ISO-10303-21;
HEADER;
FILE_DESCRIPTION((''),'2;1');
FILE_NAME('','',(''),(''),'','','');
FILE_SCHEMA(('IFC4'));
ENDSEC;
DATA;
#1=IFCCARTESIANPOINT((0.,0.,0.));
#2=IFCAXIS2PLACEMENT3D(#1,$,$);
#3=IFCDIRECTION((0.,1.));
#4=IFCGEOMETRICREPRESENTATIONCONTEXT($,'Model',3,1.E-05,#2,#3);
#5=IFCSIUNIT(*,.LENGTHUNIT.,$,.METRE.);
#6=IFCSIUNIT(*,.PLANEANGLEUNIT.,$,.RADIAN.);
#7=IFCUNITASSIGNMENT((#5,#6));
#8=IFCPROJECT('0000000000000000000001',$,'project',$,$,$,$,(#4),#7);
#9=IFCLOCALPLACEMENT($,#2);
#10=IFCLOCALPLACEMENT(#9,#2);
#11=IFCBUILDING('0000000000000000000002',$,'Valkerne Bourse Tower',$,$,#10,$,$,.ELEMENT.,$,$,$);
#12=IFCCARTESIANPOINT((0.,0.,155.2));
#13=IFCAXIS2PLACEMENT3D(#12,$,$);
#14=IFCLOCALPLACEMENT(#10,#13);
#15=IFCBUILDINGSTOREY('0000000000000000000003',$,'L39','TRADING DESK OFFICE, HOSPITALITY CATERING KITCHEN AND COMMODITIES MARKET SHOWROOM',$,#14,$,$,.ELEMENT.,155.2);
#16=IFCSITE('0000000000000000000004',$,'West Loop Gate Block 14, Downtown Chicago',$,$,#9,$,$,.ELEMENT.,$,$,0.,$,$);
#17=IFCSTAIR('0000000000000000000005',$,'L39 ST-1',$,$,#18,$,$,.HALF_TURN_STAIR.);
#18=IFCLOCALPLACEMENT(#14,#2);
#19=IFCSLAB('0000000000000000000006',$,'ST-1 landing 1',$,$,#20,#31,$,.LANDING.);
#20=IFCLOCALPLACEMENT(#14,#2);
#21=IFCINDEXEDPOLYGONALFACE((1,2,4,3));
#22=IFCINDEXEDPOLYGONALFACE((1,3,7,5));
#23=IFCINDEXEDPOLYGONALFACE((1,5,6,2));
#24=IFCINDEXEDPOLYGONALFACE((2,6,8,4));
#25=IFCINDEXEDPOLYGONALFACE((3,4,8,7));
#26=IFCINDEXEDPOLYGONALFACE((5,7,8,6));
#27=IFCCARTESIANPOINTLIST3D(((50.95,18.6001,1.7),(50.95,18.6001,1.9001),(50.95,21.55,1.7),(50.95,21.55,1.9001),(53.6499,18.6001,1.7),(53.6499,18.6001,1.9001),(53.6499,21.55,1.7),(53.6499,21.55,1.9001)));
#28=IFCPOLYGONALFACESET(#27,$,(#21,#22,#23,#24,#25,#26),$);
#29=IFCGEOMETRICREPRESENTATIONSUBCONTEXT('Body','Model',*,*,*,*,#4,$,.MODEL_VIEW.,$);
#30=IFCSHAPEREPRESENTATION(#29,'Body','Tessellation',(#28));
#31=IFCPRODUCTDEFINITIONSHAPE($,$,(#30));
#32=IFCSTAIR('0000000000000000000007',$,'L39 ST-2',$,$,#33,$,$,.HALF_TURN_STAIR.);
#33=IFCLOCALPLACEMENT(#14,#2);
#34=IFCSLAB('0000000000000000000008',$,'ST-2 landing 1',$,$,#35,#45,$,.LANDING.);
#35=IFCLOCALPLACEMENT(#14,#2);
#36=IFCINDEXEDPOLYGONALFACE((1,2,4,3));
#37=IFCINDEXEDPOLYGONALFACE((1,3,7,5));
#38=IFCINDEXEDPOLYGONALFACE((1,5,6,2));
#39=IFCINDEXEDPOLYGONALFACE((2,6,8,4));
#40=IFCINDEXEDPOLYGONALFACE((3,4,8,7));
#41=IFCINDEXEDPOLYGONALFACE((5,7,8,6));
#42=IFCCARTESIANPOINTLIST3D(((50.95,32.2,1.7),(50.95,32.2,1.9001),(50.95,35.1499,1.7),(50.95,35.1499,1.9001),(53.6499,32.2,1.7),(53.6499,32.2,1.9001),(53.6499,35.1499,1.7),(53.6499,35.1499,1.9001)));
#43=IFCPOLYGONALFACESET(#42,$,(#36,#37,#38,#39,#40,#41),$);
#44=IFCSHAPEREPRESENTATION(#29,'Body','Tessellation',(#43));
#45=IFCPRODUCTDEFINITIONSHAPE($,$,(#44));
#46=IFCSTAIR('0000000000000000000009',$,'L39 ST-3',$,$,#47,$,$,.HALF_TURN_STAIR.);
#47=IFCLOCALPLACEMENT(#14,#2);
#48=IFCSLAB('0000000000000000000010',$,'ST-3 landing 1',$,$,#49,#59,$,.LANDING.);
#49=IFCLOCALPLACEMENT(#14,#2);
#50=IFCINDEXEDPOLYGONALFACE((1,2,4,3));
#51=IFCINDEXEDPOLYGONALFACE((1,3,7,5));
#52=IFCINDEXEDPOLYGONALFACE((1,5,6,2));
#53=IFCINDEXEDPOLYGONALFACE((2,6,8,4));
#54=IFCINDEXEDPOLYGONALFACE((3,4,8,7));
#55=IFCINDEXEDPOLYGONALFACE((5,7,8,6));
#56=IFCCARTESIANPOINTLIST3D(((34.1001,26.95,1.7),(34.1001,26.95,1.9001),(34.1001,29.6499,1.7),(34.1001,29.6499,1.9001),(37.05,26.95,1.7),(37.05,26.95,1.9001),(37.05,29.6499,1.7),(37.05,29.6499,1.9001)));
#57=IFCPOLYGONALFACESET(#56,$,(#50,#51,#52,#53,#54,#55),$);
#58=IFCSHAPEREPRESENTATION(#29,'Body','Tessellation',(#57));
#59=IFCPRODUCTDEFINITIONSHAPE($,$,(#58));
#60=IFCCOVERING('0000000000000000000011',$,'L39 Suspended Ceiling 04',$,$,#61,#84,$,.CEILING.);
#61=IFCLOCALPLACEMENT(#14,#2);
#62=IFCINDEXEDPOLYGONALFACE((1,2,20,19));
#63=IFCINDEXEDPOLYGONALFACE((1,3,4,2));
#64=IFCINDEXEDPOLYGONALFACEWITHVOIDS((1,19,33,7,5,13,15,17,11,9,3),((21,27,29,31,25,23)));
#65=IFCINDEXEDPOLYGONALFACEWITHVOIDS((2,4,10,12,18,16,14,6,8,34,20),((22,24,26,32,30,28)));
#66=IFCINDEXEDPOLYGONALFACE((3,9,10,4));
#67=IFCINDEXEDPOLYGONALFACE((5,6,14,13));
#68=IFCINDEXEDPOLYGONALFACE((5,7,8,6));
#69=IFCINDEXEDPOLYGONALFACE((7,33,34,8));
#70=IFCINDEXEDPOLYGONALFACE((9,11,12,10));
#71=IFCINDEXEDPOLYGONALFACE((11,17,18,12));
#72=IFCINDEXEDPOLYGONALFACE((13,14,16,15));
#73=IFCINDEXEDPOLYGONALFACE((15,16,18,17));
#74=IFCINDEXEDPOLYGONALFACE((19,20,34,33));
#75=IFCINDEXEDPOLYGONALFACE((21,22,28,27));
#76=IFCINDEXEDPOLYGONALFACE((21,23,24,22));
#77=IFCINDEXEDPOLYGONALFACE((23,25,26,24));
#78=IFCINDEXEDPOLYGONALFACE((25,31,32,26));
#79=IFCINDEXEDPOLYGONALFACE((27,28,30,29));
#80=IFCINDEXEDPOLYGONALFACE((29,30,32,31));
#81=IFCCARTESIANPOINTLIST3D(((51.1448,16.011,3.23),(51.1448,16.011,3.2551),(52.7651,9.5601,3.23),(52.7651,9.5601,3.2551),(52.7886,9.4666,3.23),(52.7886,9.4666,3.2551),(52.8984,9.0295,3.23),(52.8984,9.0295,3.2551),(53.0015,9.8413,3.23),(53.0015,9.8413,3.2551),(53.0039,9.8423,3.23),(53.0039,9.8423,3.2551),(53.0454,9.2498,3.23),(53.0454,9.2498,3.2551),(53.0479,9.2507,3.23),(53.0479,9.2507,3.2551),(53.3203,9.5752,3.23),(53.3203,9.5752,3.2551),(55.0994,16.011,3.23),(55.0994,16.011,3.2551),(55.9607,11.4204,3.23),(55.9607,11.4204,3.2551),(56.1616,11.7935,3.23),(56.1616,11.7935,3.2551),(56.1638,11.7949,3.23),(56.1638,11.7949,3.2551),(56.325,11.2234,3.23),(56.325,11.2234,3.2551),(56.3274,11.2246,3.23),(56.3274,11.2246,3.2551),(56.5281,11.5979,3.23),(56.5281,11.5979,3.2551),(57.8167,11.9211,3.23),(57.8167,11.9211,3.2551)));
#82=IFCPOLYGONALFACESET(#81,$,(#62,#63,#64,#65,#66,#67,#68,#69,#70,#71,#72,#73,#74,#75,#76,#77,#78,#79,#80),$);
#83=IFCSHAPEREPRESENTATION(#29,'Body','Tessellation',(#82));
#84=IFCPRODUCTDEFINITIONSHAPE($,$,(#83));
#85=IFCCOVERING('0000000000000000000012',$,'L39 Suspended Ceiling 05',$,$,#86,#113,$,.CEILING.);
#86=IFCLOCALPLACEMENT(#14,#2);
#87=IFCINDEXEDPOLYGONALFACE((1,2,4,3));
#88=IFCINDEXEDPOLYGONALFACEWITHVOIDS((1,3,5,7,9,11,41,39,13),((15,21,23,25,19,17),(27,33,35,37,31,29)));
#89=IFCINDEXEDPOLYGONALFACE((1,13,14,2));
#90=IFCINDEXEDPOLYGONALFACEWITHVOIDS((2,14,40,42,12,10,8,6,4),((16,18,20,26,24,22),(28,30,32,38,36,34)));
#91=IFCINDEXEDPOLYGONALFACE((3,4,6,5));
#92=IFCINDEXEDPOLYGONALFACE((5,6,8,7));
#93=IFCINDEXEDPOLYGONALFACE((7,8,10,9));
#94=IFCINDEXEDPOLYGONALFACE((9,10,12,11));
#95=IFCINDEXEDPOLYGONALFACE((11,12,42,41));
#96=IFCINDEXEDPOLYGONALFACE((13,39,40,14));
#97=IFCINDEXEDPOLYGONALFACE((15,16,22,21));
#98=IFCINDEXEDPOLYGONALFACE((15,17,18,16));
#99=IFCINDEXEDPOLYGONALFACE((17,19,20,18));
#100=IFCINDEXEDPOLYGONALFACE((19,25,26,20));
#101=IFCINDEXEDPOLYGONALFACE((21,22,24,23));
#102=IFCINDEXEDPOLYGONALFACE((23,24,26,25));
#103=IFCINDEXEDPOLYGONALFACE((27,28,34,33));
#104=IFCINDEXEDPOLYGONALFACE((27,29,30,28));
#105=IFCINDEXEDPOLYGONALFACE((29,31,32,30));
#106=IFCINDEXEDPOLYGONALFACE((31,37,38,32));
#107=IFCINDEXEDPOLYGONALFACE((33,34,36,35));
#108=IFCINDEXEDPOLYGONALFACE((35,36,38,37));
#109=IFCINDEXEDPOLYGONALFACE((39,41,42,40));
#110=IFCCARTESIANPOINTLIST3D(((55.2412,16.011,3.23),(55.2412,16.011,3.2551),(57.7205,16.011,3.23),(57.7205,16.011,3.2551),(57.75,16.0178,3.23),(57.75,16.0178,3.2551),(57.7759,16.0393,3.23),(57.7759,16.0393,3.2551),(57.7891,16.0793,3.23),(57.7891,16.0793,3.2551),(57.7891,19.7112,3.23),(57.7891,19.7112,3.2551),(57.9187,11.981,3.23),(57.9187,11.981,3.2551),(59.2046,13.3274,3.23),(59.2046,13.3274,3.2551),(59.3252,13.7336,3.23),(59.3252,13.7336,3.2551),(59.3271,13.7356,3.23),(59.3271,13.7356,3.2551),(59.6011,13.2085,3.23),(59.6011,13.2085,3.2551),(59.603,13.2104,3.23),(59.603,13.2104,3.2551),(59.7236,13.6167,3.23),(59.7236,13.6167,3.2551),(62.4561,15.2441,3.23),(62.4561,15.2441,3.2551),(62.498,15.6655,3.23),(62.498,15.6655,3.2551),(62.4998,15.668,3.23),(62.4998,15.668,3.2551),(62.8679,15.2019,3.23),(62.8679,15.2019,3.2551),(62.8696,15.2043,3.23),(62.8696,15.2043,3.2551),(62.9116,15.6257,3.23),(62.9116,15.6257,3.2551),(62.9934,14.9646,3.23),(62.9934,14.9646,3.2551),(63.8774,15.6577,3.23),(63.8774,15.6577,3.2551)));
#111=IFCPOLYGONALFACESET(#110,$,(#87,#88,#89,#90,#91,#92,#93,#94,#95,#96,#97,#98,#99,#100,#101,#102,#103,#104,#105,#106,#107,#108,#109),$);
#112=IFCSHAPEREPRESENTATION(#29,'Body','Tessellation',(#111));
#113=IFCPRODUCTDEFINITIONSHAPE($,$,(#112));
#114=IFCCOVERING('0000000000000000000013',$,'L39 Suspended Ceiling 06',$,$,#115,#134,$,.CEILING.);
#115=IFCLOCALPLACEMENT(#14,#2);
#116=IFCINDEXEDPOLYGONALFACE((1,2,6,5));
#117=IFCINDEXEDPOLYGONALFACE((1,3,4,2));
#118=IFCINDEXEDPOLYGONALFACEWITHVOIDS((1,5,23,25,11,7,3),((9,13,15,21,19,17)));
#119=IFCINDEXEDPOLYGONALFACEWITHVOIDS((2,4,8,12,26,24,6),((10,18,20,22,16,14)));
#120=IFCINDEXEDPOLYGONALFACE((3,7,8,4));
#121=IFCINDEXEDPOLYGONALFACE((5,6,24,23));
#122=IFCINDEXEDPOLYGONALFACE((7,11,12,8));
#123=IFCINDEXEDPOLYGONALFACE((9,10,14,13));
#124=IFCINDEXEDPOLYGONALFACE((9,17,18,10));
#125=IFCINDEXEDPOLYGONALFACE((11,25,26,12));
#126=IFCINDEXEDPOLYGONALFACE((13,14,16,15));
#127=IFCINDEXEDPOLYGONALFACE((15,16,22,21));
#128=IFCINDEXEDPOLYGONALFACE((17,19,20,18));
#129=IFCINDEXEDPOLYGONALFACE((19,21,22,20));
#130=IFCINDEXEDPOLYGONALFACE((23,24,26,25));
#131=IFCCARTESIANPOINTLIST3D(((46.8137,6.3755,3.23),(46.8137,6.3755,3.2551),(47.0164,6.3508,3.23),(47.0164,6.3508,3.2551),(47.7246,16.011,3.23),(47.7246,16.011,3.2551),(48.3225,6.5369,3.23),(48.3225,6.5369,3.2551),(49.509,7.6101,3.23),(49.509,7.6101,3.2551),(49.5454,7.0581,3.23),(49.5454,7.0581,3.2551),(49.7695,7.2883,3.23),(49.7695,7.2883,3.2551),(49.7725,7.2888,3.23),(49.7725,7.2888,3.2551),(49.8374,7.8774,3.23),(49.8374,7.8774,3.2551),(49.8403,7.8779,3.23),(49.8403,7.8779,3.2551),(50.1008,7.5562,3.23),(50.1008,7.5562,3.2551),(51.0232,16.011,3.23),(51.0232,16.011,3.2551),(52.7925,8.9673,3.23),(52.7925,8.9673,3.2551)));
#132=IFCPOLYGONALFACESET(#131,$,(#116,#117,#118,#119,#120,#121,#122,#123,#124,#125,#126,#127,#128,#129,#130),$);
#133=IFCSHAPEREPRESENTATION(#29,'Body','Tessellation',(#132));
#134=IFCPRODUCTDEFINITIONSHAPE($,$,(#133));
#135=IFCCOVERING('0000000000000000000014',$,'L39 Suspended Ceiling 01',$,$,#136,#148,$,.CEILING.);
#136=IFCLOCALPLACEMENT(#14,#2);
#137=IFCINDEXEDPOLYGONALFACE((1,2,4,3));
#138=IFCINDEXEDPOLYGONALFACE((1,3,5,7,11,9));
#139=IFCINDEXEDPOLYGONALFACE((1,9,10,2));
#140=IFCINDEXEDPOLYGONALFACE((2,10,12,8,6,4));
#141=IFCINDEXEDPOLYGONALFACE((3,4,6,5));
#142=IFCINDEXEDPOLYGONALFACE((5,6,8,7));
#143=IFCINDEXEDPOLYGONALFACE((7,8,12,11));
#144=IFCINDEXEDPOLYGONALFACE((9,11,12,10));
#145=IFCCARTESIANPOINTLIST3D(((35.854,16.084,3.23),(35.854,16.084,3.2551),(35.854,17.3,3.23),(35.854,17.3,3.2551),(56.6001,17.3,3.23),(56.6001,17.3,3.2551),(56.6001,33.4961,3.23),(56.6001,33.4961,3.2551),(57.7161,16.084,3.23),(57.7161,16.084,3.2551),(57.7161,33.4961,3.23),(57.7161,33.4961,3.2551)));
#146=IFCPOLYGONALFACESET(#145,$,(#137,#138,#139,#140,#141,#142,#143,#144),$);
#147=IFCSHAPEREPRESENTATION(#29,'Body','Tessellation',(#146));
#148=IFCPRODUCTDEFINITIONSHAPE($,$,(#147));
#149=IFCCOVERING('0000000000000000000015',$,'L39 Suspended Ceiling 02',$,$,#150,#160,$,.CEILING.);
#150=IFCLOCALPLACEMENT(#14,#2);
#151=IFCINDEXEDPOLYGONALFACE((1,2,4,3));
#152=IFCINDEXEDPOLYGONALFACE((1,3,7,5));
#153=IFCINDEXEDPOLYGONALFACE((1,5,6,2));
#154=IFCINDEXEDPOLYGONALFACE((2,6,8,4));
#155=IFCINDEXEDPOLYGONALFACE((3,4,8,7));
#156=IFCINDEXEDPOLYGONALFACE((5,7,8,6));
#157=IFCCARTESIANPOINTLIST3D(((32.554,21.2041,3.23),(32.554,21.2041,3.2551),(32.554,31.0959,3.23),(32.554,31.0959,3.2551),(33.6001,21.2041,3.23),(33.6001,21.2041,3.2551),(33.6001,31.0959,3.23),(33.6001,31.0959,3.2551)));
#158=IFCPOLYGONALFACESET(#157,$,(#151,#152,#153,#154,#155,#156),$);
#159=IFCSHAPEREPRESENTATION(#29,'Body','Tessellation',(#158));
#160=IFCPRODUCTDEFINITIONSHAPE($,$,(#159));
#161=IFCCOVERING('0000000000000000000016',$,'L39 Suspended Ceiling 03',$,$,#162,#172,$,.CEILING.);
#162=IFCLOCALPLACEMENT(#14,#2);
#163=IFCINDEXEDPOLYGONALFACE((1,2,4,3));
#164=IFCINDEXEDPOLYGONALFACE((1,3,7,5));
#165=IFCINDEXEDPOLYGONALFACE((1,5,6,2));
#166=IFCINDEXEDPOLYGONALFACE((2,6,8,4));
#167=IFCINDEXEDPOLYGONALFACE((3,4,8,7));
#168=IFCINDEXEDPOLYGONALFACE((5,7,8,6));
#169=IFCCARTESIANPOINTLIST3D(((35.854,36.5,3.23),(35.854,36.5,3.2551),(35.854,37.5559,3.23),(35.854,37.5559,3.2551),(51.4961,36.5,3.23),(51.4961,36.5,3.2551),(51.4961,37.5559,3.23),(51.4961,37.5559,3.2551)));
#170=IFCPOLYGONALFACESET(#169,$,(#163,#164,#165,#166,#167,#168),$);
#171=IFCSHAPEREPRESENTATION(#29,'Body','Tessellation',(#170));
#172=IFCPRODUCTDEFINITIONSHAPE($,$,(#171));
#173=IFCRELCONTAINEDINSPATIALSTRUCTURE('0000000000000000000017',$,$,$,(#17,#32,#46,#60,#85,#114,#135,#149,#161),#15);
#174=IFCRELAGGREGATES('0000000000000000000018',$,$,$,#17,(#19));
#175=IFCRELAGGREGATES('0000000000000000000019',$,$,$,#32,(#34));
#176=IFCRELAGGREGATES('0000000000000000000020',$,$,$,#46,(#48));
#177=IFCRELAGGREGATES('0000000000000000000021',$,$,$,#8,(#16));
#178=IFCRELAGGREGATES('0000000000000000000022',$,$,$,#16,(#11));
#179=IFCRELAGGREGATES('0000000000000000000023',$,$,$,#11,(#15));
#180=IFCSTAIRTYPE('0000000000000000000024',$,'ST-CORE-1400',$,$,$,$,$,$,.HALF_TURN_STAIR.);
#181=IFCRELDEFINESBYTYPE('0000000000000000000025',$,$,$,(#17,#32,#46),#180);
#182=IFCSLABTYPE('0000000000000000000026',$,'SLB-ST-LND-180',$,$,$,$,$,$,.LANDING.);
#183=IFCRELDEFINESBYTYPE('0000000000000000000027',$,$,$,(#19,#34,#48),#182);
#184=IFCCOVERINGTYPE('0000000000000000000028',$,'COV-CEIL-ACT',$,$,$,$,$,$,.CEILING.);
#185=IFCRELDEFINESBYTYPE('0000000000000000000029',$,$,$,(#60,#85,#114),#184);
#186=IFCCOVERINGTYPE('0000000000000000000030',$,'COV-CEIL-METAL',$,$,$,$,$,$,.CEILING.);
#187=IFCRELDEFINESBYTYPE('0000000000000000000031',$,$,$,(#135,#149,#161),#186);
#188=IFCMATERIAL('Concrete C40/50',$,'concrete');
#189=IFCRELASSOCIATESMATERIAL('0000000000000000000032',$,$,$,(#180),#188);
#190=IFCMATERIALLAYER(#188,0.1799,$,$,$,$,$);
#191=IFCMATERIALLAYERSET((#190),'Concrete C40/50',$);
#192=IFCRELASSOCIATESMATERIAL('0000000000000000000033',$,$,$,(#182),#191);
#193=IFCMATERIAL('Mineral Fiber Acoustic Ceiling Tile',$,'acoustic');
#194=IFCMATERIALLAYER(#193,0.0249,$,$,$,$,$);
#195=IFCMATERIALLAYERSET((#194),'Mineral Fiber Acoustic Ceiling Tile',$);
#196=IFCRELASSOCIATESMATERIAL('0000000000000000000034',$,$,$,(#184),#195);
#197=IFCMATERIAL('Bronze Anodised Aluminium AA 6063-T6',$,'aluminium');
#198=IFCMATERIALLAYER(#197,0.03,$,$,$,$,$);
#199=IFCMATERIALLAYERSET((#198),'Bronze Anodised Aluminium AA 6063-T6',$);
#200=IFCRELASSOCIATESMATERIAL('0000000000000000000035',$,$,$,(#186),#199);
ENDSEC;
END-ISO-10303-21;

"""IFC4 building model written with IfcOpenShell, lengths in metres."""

from ifc_helpers import new_model, si_unit, direction, frame, origin, place, context, subcontext, project, spatial, polyline, outline, extrude, material, layer, layer_set, type_object, element, aggregate, save


model = new_model("IFC4")

# Units and contexts
model_context = context("Model", 3, precision=1e-05, world=origin(), true_north=direction((0.0, 1.0)))
body_context = subcontext(model_context, "Body", "Model", "MODEL_VIEW")
ifc_project = project(units=[si_unit("LENGTHUNIT", "METRE"), si_unit("PLANEANGLEUNIT", "RADIAN")], contexts=[model_context])

# Site, building, storey
site_placement = place(None, origin())
site = spatial("IfcSite", under=ifc_project, at=site_placement, Name="West Loop Gate Block 14, Downtown Chicago", CompositionType="ELEMENT", RefElevation=0.0)
building_placement = place(site_placement, origin())
building = spatial("IfcBuilding", under=site, at=building_placement, Name="Valkerne Bourse Tower", CompositionType="ELEMENT")
storey_placement = place(building_placement, frame((0.0, 0.0, 155.2)))
storey = spatial("IfcBuildingStorey", under=building, at=storey_placement, Name="L39", Description="TRADING DESK OFFICE, HOSPITALITY CATERING KITCHEN AND COMMODITIES MARKET SHOWROOM", CompositionType="ELEMENT", Elevation=155.2)

# Stairs, slabs
ifc_material_1 = material(Name="Concrete C40/50", Category="concrete")
stair_type = type_object("IfcStairType", Name="ST-CORE-1400", PredefinedType="HALF_TURN_STAIR", material=ifc_material_1)
stair_1_placement = place(storey_placement, origin())
stair_1 = element("IfcStair", 1, at=stair_1_placement, inside=storey, type_object=stair_type, Name="L39 ST-1", PredefinedType="HALF_TURN_STAIR")
ifc_layer_1 = layer(ifc_material_1, 0.1799)
ifc_layer_set_1 = layer_set([ifc_layer_1], Name="Concrete C40/50")
slab_type = type_object("IfcSlabType", Name="SLB-ST-LND-180", PredefinedType="LANDING", material=ifc_layer_set_1)
slab_1_placement = place(storey_placement, frame((0.0, 0.0, 1.7)))
slab_1 = element("IfcSlab", 2, at=slab_1_placement, type_object=slab_type, Name="ST-1 landing 1", PredefinedType="LANDING", context=body_context, shape_type="SweptSolid", body=[
    extrude(outline(polyline([(50.95, 18.6001), (53.6499, 18.6001), (53.6499, 21.55), (50.95, 21.55), (50.95, 18.6001)])), origin(), (0.0, 0.0, 1.0), 0.2002),
])
aggregate(stair_1, [slab_1])
stair_2_placement = place(storey_placement, origin())
stair_2 = element("IfcStair", 3, at=stair_2_placement, inside=storey, type_object=stair_type, Name="L39 ST-2", PredefinedType="HALF_TURN_STAIR")
slab_2_placement = place(storey_placement, frame((0.0, 0.0, 1.7)))
slab_2 = element("IfcSlab", 4, at=slab_2_placement, type_object=slab_type, Name="ST-2 landing 1", PredefinedType="LANDING", context=body_context, shape_type="SweptSolid", body=[
    extrude(outline(polyline([(50.95, 32.2), (53.6499, 32.2), (53.6499, 35.1499), (50.95, 35.1499), (50.95, 32.2)])), origin(), (0.0, 0.0, 1.0), 0.2002),
])
aggregate(stair_2, [slab_2])
stair_3_placement = place(storey_placement, origin())
stair_3 = element("IfcStair", 5, at=stair_3_placement, inside=storey, type_object=stair_type, Name="L39 ST-3", PredefinedType="HALF_TURN_STAIR")
slab_3_placement = place(storey_placement, frame((0.0, 0.0, 1.7)))
slab_3 = element("IfcSlab", 6, at=slab_3_placement, type_object=slab_type, Name="ST-3 landing 1", PredefinedType="LANDING", context=body_context, shape_type="SweptSolid", body=[
    extrude(outline(polyline([(37.05, 26.95), (37.05, 29.6499), (34.1001, 29.6499), (34.1001, 26.95), (37.05, 26.95)])), origin(), (0.0, 0.0, 1.0), 0.2002),
])
aggregate(stair_3, [slab_3])

# Coverings
ifc_material_2 = material(Name="Mineral Fiber Acoustic Ceiling Tile", Category="acoustic")
ifc_layer_2 = layer(ifc_material_2, 0.0249)
ifc_layer_set_2 = layer_set([ifc_layer_2], Name="Mineral Fiber Acoustic Ceiling Tile")
covering_type_1 = type_object("IfcCoveringType", Name="COV-CEIL-ACT", PredefinedType="CEILING", material=ifc_layer_set_2)
covering_1_placement = place(storey_placement, frame((0.0, 0.0, 3.23)))
element("IfcCovering", 7, at=covering_1_placement, inside=storey, type_object=covering_type_1, Name="L39 Suspended Ceiling 04", PredefinedType="CEILING", context=body_context, shape_type="SweptSolid", body=[
    extrude(outline(polyline([(55.0994, 16.011), (57.8167, 11.9211), (52.8984, 9.0295), (52.7886, 9.4666), (53.0454, 9.2498), (53.0479, 9.2507), (53.3203, 9.5752), (53.0039, 9.8423), (53.0015, 9.8413), (52.7651, 9.5601), (51.1448, 16.011), (55.0994, 16.011)]), holes=[polyline([(56.3274, 11.2246), (56.5281, 11.5979), (56.1638, 11.7949), (56.1616, 11.7935), (55.9607, 11.4204), (56.325, 11.2234), (56.3274, 11.2246)])]), origin(), (0.0, 0.0, 1.0), 0.0251),
])
covering_2_placement = place(storey_placement, frame((0.0, 0.0, 3.23)))
element("IfcCovering", 8, at=covering_2_placement, inside=storey, type_object=covering_type_1, Name="L39 Suspended Ceiling 05", PredefinedType="CEILING", context=body_context, shape_type="SweptSolid", body=[
    extrude(outline(polyline([(55.2412, 16.011), (57.7205, 16.011), (57.75, 16.0178), (57.7759, 16.0393), (57.7891, 16.0793), (57.7891, 19.7112), (63.8774, 15.6577), (62.9934, 14.9646), (57.9187, 11.981), (55.2412, 16.011)]), holes=[polyline([(59.603, 13.2104), (59.7236, 13.6167), (59.3271, 13.7356), (59.3252, 13.7336), (59.2046, 13.3274), (59.6011, 13.2085), (59.603, 13.2104)]), polyline([(62.9116, 15.6257), (62.4998, 15.668), (62.498, 15.6655), (62.4561, 15.2441), (62.8679, 15.2019), (62.8696, 15.2043), (62.9116, 15.6257)])]), origin(), (0.0, 0.0, 1.0), 0.0251),
])
covering_3_placement = place(storey_placement, frame((0.0, 0.0, 3.23)))
element("IfcCovering", 9, at=covering_3_placement, inside=storey, type_object=covering_type_1, Name="L39 Suspended Ceiling 06", PredefinedType="CEILING", context=body_context, shape_type="SweptSolid", body=[
    extrude(outline(polyline([(47.0164, 6.3508), (46.8137, 6.3755), (47.7246, 16.011), (51.0232, 16.011), (52.7925, 8.9673), (49.5454, 7.0581), (48.3225, 6.5369), (47.0164, 6.3508)]), holes=[polyline([(50.1008, 7.5562), (49.8403, 7.8779), (49.8374, 7.8774), (49.509, 7.6101), (49.7695, 7.2883), (49.7725, 7.2888), (50.1008, 7.5562)])]), origin(), (0.0, 0.0, 1.0), 0.0251),
])
ifc_material_3 = material(Name="Bronze Anodised Aluminium AA 6063-T6", Category="aluminium")
ifc_layer_3 = layer(ifc_material_3, 0.03)
ifc_layer_set_3 = layer_set([ifc_layer_3], Name="Bronze Anodised Aluminium AA 6063-T6")
covering_type_2 = type_object("IfcCoveringType", Name="COV-CEIL-METAL", PredefinedType="CEILING", material=ifc_layer_set_3)
covering_4_placement = place(storey_placement, frame((0.0, 0.0, 3.23)))
element("IfcCovering", 10, at=covering_4_placement, inside=storey, type_object=covering_type_2, Name="L39 Suspended Ceiling 01", PredefinedType="CEILING", context=body_context, shape_type="SweptSolid", body=[
    extrude(outline(polyline([(35.854, 17.3), (56.6001, 17.3), (56.6001, 33.4961), (57.7161, 33.4961), (57.7161, 16.084), (35.854, 16.084), (35.854, 17.3)])), origin(), (0.0, 0.0, 1.0), 0.0251),
])
covering_5_placement = place(storey_placement, frame((0.0, 0.0, 3.23)))
element("IfcCovering", 11, at=covering_5_placement, inside=storey, type_object=covering_type_2, Name="L39 Suspended Ceiling 02", PredefinedType="CEILING", context=body_context, shape_type="SweptSolid", body=[
    extrude(outline(polyline([(32.554, 21.2041), (32.554, 31.0959), (33.6001, 31.0959), (33.6001, 21.2041), (32.554, 21.2041)])), origin(), (0.0, 0.0, 1.0), 0.0251),
])
covering_6_placement = place(storey_placement, frame((0.0, 0.0, 3.23)))
element("IfcCovering", 12, at=covering_6_placement, inside=storey, type_object=covering_type_2, Name="L39 Suspended Ceiling 03", PredefinedType="CEILING", context=body_context, shape_type="SweptSolid", body=[
    extrude(outline(polyline([(35.854, 37.5559), (51.4961, 37.5559), (51.4961, 36.5), (35.854, 36.5), (35.854, 37.5559)])), origin(), (0.0, 0.0, 1.0), 0.0251),
])

save(model, "model.ifc")
